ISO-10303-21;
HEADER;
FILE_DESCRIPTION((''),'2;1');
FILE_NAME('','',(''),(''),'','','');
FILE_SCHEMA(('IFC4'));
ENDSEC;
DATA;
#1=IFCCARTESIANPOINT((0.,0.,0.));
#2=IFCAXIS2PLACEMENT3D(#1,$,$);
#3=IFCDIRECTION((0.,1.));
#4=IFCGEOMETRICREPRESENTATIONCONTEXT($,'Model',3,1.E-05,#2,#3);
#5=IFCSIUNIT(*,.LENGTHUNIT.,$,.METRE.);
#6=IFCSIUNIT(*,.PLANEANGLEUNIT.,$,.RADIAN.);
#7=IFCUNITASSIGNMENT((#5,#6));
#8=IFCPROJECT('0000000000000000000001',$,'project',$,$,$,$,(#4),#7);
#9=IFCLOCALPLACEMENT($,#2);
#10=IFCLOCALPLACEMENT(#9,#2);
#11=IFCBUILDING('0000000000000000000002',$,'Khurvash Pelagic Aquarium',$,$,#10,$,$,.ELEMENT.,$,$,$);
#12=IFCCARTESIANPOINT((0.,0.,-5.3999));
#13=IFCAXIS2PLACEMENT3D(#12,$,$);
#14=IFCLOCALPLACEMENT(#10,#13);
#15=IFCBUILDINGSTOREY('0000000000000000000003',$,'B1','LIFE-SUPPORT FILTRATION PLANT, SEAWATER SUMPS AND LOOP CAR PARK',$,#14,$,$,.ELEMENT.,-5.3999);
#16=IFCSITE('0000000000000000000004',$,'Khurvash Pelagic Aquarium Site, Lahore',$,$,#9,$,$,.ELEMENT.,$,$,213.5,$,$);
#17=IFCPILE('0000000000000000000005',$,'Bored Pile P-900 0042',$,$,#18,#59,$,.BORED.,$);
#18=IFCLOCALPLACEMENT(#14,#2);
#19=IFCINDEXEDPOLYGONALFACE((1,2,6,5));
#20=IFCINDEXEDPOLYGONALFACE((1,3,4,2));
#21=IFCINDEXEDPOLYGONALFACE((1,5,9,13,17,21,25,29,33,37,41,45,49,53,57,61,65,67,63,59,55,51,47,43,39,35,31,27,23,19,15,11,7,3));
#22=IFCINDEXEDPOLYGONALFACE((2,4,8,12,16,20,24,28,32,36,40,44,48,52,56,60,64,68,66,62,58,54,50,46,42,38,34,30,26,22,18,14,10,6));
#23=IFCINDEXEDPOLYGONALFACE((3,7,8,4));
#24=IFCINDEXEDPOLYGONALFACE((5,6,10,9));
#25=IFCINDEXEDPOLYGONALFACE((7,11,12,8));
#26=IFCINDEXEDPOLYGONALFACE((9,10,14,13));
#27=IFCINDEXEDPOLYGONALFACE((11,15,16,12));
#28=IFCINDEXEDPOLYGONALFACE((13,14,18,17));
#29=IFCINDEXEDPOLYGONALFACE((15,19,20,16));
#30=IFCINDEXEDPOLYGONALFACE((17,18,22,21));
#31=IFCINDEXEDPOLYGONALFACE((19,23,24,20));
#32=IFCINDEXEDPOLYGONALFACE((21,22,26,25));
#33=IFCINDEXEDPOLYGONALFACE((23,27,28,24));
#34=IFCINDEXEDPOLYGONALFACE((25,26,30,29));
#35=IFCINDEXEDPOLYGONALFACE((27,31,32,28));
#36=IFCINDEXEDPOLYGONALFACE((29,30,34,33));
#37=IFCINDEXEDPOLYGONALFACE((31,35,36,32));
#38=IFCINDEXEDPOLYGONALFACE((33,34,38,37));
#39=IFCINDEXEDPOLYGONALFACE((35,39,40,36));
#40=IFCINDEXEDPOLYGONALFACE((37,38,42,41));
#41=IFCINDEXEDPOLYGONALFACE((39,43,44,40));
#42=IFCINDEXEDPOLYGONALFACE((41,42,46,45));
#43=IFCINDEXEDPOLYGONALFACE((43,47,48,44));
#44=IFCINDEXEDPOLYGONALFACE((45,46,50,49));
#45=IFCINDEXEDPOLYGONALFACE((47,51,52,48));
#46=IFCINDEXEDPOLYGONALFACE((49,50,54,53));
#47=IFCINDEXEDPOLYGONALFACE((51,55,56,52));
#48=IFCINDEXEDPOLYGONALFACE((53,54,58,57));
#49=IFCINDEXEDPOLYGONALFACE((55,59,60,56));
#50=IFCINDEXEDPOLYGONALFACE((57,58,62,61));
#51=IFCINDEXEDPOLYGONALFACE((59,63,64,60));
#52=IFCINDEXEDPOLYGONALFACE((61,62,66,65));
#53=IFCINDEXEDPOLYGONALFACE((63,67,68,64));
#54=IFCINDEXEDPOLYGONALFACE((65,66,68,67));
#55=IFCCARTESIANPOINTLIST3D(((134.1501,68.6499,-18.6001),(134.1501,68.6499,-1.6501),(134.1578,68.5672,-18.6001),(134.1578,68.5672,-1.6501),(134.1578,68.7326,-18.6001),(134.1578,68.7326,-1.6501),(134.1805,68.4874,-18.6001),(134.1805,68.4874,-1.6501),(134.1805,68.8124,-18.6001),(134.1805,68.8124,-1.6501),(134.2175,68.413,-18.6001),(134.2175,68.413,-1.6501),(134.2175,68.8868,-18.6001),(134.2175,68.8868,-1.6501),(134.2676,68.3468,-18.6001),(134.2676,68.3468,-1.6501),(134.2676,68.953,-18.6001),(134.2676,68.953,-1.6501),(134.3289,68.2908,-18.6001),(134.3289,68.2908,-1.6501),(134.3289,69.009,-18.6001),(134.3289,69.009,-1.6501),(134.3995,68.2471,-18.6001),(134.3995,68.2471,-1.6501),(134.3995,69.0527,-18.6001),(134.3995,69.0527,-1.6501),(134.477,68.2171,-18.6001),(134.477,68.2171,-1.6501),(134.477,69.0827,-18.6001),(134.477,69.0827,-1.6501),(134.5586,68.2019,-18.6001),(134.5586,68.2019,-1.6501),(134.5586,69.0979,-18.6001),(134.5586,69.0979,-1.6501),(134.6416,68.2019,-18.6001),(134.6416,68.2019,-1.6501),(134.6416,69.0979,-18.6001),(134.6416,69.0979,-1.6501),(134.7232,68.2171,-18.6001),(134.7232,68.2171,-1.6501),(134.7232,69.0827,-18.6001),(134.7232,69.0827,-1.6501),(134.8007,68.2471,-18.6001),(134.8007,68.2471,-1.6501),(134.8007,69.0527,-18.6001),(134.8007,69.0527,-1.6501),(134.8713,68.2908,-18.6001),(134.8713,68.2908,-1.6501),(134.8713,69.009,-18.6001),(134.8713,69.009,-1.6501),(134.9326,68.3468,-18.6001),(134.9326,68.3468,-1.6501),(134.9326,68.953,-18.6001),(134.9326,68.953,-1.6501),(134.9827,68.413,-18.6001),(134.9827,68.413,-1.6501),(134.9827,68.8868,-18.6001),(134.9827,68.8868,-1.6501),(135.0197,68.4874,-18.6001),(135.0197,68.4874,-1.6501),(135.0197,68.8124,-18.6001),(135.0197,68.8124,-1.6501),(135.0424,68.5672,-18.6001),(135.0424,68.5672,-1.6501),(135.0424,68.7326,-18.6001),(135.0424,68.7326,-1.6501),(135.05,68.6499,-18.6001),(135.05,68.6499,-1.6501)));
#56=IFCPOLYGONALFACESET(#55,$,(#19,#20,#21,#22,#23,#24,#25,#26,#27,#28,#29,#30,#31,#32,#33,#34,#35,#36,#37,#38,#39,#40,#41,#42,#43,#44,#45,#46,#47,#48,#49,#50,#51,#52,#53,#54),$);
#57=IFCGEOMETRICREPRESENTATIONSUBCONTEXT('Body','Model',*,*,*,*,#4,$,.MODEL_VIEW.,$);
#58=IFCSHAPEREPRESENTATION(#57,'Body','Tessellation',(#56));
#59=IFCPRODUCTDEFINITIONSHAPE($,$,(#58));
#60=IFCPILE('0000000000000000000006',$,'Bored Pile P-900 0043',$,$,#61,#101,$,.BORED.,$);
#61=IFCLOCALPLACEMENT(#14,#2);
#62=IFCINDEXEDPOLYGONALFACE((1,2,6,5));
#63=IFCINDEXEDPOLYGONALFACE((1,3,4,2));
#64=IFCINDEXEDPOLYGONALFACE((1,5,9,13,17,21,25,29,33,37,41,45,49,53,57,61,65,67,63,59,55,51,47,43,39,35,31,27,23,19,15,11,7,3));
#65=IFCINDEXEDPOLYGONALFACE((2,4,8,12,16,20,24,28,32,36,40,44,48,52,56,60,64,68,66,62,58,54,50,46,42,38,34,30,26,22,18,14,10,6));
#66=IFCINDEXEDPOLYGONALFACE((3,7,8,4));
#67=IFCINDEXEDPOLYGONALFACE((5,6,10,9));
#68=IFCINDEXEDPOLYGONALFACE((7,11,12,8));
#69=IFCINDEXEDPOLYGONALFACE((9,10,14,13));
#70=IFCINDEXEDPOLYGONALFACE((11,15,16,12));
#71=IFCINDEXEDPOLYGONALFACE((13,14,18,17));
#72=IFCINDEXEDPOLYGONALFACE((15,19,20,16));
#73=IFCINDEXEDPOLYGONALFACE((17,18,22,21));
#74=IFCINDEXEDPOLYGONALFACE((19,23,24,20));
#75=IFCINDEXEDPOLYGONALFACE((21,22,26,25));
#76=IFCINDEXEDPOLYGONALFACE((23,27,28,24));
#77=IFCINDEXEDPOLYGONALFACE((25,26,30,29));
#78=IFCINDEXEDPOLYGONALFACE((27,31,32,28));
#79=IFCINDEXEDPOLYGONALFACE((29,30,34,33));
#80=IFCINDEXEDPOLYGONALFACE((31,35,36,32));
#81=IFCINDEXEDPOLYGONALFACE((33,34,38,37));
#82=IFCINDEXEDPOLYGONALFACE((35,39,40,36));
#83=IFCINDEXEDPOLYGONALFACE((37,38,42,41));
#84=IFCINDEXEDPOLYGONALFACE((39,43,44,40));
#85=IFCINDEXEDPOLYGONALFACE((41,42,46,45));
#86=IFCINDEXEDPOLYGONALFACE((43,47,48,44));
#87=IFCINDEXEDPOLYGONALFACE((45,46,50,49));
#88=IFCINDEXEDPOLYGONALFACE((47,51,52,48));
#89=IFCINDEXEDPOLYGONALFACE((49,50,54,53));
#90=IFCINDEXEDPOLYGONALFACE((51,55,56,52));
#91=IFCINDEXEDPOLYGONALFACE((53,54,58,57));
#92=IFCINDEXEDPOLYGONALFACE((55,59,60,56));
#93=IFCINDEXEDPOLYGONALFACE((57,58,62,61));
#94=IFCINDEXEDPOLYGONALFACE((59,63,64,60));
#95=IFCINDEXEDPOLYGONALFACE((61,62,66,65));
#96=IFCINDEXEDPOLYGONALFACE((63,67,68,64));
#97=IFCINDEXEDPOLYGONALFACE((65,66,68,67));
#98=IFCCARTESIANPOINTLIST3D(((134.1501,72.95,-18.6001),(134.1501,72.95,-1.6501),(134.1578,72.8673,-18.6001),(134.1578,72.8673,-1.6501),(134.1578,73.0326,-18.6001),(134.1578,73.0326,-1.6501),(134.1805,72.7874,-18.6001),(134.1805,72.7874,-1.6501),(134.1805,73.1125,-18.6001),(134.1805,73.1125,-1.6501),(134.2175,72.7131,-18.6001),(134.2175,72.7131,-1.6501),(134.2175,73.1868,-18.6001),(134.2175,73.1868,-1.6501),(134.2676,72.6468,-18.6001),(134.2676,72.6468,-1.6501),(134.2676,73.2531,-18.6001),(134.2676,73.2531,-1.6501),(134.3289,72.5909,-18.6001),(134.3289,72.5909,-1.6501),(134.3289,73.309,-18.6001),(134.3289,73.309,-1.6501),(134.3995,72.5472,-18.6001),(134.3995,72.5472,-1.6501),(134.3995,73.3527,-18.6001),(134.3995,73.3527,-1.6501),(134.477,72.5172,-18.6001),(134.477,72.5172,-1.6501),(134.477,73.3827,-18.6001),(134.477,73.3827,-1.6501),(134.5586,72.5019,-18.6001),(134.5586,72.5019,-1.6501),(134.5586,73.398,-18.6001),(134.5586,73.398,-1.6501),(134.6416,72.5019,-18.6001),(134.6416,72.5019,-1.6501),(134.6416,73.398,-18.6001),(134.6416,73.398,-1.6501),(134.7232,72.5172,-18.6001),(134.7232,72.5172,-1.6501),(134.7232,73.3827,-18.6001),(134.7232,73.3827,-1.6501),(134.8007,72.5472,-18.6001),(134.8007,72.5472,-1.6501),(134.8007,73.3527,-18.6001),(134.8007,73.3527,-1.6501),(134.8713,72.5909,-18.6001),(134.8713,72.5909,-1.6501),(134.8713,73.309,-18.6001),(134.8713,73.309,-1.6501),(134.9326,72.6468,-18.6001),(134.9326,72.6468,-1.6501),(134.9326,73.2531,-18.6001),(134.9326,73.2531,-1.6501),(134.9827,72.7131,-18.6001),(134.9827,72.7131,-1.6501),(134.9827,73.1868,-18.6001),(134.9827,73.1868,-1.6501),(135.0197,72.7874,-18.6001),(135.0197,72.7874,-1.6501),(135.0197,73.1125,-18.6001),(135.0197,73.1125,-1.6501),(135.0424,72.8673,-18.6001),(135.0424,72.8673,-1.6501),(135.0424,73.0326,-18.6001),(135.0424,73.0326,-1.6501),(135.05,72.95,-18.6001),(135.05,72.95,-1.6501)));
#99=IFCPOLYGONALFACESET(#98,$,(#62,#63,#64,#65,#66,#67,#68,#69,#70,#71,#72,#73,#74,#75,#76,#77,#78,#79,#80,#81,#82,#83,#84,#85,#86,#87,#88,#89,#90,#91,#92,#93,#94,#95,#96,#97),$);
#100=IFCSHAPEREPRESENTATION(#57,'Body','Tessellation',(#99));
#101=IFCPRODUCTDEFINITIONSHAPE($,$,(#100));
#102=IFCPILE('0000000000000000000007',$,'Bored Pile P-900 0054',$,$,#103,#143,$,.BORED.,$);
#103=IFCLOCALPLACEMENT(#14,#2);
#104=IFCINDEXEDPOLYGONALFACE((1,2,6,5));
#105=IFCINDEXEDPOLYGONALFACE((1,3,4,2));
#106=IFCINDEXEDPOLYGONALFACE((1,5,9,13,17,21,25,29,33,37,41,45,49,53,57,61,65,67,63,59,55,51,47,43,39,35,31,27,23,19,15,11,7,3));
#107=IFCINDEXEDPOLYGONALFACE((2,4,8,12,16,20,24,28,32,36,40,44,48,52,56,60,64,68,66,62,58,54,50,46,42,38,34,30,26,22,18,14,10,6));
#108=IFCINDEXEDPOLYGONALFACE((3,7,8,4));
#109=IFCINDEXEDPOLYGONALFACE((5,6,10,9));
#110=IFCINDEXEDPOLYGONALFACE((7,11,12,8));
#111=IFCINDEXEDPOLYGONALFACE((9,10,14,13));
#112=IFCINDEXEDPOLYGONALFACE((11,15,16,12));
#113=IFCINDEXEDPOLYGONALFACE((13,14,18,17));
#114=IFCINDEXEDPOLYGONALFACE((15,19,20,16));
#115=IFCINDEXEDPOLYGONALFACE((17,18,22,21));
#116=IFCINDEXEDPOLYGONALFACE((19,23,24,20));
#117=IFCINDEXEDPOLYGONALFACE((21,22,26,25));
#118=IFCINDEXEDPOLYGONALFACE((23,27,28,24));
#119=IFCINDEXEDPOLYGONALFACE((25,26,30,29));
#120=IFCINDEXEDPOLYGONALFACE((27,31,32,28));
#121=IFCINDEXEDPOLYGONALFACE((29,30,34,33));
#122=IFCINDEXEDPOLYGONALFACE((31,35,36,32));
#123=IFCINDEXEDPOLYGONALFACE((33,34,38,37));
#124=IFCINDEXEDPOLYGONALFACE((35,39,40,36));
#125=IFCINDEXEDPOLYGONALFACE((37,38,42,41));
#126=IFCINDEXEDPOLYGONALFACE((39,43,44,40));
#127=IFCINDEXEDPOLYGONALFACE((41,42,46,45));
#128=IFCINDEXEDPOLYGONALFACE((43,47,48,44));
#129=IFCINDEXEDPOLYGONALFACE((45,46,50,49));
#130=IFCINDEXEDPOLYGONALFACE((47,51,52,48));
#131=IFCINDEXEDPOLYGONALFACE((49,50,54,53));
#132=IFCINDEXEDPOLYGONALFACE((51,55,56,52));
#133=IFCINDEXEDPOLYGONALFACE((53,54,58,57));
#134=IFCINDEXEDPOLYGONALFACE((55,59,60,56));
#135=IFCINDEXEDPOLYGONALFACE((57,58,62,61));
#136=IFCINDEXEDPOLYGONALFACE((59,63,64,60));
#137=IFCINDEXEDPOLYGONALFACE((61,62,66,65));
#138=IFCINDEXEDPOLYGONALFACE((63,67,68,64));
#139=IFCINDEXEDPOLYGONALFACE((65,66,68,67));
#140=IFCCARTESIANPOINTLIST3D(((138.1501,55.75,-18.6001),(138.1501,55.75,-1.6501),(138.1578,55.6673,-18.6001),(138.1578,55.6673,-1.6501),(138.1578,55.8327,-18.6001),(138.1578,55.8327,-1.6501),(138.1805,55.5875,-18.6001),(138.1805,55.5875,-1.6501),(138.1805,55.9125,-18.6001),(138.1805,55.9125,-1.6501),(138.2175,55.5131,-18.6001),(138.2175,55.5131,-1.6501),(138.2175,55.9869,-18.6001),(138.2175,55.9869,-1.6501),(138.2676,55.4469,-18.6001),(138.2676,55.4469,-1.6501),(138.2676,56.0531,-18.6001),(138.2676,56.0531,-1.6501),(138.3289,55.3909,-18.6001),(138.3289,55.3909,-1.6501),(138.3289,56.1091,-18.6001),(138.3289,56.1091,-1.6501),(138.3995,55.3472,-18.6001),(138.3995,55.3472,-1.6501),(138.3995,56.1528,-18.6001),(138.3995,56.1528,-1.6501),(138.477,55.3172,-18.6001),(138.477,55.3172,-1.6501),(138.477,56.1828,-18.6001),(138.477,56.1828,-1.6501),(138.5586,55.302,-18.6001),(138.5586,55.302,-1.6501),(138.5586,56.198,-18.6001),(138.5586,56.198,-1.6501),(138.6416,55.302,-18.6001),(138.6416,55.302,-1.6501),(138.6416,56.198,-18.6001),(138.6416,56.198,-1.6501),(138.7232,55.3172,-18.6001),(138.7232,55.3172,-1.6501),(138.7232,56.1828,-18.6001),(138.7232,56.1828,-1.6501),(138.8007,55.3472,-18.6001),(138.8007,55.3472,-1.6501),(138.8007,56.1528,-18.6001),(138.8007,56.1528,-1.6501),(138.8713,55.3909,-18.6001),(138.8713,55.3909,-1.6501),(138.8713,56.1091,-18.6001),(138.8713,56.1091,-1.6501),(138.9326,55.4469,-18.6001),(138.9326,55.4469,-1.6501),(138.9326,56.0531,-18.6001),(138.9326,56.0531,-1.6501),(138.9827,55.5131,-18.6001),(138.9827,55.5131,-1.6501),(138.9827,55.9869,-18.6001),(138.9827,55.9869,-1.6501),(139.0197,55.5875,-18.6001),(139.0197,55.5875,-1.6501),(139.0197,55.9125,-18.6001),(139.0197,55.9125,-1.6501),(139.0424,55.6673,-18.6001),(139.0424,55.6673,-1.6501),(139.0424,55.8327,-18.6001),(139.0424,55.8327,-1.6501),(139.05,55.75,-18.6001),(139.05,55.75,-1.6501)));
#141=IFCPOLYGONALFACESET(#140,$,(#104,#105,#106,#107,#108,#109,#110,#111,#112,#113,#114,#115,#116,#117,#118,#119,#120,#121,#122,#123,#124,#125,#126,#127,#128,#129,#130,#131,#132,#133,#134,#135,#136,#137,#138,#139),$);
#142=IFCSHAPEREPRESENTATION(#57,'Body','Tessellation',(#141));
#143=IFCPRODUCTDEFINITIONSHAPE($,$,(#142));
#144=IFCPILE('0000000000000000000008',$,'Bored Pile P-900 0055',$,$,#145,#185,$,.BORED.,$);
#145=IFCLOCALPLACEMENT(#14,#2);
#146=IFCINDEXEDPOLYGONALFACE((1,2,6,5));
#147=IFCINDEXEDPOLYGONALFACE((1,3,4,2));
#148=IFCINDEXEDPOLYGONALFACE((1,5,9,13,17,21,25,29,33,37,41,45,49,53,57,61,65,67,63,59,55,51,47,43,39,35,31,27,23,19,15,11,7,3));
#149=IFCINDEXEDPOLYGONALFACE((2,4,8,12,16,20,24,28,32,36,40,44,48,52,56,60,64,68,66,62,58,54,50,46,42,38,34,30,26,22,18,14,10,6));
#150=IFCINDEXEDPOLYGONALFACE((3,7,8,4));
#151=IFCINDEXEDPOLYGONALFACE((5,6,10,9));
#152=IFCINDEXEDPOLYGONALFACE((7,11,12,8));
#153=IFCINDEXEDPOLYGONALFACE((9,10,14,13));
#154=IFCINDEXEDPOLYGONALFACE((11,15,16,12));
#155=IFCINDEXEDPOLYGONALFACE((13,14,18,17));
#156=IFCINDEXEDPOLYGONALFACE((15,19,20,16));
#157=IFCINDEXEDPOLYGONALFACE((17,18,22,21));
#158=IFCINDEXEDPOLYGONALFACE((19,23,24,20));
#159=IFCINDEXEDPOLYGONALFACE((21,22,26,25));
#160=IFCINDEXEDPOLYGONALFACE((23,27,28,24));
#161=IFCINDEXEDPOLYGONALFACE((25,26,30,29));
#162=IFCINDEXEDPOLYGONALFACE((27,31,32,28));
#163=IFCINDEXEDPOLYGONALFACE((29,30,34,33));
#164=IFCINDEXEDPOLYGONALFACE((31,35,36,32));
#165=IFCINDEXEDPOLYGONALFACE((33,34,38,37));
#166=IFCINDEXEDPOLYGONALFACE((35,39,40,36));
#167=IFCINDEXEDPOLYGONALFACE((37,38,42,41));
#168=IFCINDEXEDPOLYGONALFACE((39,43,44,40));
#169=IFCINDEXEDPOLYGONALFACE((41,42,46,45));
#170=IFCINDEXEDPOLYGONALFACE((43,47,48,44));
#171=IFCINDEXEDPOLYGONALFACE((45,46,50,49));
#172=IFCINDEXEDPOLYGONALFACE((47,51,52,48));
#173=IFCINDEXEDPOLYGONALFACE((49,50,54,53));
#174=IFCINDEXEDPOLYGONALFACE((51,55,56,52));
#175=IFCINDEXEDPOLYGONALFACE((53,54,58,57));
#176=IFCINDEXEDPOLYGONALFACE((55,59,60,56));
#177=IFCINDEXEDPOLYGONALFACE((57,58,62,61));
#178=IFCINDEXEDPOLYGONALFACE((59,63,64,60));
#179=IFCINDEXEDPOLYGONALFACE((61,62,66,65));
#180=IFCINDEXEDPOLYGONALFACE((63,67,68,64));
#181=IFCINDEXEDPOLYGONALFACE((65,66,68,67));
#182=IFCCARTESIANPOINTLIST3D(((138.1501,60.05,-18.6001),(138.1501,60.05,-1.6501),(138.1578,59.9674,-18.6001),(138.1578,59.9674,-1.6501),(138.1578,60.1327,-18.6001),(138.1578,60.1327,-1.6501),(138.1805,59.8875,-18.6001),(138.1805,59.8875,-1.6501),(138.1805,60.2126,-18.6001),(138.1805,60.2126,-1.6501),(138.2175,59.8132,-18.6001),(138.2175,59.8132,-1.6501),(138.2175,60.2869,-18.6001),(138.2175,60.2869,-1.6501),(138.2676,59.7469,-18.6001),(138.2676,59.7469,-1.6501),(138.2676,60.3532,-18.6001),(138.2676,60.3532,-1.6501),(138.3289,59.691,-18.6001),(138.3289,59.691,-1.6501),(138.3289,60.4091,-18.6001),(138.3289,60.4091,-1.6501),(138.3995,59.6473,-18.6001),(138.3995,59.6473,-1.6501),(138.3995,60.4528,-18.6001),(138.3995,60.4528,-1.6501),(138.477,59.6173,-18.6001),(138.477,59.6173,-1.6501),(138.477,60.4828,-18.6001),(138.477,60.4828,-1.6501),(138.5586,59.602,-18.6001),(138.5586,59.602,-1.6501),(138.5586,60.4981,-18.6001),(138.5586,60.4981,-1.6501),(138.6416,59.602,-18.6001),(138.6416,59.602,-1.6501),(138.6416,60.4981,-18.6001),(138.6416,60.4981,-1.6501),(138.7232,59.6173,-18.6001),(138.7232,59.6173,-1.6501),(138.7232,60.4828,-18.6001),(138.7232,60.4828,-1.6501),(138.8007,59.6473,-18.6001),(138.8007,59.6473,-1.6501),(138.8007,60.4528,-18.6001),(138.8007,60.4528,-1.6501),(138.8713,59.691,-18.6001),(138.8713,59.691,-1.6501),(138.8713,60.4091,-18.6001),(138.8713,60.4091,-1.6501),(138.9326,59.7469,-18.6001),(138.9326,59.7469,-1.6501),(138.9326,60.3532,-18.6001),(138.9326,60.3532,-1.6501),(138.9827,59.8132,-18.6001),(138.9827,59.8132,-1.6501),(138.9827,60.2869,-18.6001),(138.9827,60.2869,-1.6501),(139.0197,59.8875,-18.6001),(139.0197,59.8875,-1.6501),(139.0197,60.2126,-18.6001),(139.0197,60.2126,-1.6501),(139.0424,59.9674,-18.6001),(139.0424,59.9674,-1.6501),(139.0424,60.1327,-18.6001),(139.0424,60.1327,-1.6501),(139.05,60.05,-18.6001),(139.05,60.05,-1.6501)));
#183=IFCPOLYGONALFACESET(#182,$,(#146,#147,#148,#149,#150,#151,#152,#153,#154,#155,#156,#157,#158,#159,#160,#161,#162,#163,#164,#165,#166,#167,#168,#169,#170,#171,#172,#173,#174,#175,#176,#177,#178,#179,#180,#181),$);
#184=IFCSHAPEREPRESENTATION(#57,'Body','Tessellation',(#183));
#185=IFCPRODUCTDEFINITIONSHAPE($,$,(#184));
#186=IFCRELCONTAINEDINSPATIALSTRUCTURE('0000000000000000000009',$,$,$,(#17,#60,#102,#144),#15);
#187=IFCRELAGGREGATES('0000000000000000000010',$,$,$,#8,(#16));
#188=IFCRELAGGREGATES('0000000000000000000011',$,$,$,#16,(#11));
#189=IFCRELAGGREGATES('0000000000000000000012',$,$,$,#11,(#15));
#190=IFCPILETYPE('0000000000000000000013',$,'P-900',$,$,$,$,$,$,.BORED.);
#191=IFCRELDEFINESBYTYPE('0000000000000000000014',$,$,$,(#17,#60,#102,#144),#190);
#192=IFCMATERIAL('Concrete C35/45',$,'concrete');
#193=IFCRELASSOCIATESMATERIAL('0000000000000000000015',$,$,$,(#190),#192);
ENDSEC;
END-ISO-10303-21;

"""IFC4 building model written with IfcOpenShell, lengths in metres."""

from ifc_helpers import new_model, si_unit, direction, frame, origin, origin_2d, place, context, subcontext, project, spatial, circle, extrude, material, material_profile, profile_set, type_object, element, save


model = new_model("IFC4")

# Units and contexts
model_context = context("Model", 3, precision=1e-05, world=origin(), true_north=direction((0.0, 1.0)))
body_context = subcontext(model_context, "Body", "Model", "MODEL_VIEW")
ifc_project = project(units=[si_unit("LENGTHUNIT", "METRE"), si_unit("PLANEANGLEUNIT", "RADIAN")], contexts=[model_context])

# Site, building, storey
site_placement = place(None, origin())
site = spatial("IfcSite", under=ifc_project, at=site_placement, Name="Khurvash Pelagic Aquarium Site, Lahore", CompositionType="ELEMENT", RefElevation=213.5)
building_placement = place(site_placement, origin())
building = spatial("IfcBuilding", under=site, at=building_placement, Name="Khurvash Pelagic Aquarium", CompositionType="ELEMENT")
storey_placement = place(building_placement, frame((0.0, 0.0, -5.3999)))
storey = spatial("IfcBuildingStorey", under=building, at=storey_placement, Name="B1", Description="LIFE-SUPPORT FILTRATION PLANT, SEAWATER SUMPS AND LOOP CAR PARK", CompositionType="ELEMENT", Elevation=-5.3999)

# Piles
ifc_material = material(Name="Concrete C35/45", Category="concrete")
ifc_material_profile = material_profile(ifc_material, circle(Radius=0.45, at=origin_2d()), Name="PILE900")
ifc_profile_set = profile_set([ifc_material_profile], Name="Concrete C35/45")
pile_type = type_object("IfcPileType", Name="P-900", PredefinedType="BORED", material=ifc_profile_set)
for number, where, z_axis, x_axis, name in (
    (1, (134.6001, 68.6499, -1.6501), (0.0, 0.0, -1.0), (1.0, 0.0, 0.0), "Bored Pile P-900 0042"),
    (2, (134.6001, 72.95, -1.6501), (0.0, 0.0, -1.0), (1.0, 0.0, 0.0), "Bored Pile P-900 0043"),
    (3, (138.6001, 55.75, -1.6501), (0.0, 0.0, -1.0), (1.0, 0.0, 0.0), "Bored Pile P-900 0054"),
    (4, (138.6001, 60.05, -1.6501), (0.0, 0.0, -1.0), (1.0, 0.0, 0.0), "Bored Pile P-900 0055"),
):
    element("IfcPile", number, at=place(storey_placement, frame(where, z_axis=z_axis, x_axis=x_axis)), inside=storey, type_object=pile_type, Name=name, PredefinedType="BORED", context=body_context, shape_type="SweptSolid", body=[
        extrude(circle(Radius=0.45, at=origin_2d()), origin(), (0.0, 0.0, 1.0), 16.95),
    ])

save(model, "model.ifc")
